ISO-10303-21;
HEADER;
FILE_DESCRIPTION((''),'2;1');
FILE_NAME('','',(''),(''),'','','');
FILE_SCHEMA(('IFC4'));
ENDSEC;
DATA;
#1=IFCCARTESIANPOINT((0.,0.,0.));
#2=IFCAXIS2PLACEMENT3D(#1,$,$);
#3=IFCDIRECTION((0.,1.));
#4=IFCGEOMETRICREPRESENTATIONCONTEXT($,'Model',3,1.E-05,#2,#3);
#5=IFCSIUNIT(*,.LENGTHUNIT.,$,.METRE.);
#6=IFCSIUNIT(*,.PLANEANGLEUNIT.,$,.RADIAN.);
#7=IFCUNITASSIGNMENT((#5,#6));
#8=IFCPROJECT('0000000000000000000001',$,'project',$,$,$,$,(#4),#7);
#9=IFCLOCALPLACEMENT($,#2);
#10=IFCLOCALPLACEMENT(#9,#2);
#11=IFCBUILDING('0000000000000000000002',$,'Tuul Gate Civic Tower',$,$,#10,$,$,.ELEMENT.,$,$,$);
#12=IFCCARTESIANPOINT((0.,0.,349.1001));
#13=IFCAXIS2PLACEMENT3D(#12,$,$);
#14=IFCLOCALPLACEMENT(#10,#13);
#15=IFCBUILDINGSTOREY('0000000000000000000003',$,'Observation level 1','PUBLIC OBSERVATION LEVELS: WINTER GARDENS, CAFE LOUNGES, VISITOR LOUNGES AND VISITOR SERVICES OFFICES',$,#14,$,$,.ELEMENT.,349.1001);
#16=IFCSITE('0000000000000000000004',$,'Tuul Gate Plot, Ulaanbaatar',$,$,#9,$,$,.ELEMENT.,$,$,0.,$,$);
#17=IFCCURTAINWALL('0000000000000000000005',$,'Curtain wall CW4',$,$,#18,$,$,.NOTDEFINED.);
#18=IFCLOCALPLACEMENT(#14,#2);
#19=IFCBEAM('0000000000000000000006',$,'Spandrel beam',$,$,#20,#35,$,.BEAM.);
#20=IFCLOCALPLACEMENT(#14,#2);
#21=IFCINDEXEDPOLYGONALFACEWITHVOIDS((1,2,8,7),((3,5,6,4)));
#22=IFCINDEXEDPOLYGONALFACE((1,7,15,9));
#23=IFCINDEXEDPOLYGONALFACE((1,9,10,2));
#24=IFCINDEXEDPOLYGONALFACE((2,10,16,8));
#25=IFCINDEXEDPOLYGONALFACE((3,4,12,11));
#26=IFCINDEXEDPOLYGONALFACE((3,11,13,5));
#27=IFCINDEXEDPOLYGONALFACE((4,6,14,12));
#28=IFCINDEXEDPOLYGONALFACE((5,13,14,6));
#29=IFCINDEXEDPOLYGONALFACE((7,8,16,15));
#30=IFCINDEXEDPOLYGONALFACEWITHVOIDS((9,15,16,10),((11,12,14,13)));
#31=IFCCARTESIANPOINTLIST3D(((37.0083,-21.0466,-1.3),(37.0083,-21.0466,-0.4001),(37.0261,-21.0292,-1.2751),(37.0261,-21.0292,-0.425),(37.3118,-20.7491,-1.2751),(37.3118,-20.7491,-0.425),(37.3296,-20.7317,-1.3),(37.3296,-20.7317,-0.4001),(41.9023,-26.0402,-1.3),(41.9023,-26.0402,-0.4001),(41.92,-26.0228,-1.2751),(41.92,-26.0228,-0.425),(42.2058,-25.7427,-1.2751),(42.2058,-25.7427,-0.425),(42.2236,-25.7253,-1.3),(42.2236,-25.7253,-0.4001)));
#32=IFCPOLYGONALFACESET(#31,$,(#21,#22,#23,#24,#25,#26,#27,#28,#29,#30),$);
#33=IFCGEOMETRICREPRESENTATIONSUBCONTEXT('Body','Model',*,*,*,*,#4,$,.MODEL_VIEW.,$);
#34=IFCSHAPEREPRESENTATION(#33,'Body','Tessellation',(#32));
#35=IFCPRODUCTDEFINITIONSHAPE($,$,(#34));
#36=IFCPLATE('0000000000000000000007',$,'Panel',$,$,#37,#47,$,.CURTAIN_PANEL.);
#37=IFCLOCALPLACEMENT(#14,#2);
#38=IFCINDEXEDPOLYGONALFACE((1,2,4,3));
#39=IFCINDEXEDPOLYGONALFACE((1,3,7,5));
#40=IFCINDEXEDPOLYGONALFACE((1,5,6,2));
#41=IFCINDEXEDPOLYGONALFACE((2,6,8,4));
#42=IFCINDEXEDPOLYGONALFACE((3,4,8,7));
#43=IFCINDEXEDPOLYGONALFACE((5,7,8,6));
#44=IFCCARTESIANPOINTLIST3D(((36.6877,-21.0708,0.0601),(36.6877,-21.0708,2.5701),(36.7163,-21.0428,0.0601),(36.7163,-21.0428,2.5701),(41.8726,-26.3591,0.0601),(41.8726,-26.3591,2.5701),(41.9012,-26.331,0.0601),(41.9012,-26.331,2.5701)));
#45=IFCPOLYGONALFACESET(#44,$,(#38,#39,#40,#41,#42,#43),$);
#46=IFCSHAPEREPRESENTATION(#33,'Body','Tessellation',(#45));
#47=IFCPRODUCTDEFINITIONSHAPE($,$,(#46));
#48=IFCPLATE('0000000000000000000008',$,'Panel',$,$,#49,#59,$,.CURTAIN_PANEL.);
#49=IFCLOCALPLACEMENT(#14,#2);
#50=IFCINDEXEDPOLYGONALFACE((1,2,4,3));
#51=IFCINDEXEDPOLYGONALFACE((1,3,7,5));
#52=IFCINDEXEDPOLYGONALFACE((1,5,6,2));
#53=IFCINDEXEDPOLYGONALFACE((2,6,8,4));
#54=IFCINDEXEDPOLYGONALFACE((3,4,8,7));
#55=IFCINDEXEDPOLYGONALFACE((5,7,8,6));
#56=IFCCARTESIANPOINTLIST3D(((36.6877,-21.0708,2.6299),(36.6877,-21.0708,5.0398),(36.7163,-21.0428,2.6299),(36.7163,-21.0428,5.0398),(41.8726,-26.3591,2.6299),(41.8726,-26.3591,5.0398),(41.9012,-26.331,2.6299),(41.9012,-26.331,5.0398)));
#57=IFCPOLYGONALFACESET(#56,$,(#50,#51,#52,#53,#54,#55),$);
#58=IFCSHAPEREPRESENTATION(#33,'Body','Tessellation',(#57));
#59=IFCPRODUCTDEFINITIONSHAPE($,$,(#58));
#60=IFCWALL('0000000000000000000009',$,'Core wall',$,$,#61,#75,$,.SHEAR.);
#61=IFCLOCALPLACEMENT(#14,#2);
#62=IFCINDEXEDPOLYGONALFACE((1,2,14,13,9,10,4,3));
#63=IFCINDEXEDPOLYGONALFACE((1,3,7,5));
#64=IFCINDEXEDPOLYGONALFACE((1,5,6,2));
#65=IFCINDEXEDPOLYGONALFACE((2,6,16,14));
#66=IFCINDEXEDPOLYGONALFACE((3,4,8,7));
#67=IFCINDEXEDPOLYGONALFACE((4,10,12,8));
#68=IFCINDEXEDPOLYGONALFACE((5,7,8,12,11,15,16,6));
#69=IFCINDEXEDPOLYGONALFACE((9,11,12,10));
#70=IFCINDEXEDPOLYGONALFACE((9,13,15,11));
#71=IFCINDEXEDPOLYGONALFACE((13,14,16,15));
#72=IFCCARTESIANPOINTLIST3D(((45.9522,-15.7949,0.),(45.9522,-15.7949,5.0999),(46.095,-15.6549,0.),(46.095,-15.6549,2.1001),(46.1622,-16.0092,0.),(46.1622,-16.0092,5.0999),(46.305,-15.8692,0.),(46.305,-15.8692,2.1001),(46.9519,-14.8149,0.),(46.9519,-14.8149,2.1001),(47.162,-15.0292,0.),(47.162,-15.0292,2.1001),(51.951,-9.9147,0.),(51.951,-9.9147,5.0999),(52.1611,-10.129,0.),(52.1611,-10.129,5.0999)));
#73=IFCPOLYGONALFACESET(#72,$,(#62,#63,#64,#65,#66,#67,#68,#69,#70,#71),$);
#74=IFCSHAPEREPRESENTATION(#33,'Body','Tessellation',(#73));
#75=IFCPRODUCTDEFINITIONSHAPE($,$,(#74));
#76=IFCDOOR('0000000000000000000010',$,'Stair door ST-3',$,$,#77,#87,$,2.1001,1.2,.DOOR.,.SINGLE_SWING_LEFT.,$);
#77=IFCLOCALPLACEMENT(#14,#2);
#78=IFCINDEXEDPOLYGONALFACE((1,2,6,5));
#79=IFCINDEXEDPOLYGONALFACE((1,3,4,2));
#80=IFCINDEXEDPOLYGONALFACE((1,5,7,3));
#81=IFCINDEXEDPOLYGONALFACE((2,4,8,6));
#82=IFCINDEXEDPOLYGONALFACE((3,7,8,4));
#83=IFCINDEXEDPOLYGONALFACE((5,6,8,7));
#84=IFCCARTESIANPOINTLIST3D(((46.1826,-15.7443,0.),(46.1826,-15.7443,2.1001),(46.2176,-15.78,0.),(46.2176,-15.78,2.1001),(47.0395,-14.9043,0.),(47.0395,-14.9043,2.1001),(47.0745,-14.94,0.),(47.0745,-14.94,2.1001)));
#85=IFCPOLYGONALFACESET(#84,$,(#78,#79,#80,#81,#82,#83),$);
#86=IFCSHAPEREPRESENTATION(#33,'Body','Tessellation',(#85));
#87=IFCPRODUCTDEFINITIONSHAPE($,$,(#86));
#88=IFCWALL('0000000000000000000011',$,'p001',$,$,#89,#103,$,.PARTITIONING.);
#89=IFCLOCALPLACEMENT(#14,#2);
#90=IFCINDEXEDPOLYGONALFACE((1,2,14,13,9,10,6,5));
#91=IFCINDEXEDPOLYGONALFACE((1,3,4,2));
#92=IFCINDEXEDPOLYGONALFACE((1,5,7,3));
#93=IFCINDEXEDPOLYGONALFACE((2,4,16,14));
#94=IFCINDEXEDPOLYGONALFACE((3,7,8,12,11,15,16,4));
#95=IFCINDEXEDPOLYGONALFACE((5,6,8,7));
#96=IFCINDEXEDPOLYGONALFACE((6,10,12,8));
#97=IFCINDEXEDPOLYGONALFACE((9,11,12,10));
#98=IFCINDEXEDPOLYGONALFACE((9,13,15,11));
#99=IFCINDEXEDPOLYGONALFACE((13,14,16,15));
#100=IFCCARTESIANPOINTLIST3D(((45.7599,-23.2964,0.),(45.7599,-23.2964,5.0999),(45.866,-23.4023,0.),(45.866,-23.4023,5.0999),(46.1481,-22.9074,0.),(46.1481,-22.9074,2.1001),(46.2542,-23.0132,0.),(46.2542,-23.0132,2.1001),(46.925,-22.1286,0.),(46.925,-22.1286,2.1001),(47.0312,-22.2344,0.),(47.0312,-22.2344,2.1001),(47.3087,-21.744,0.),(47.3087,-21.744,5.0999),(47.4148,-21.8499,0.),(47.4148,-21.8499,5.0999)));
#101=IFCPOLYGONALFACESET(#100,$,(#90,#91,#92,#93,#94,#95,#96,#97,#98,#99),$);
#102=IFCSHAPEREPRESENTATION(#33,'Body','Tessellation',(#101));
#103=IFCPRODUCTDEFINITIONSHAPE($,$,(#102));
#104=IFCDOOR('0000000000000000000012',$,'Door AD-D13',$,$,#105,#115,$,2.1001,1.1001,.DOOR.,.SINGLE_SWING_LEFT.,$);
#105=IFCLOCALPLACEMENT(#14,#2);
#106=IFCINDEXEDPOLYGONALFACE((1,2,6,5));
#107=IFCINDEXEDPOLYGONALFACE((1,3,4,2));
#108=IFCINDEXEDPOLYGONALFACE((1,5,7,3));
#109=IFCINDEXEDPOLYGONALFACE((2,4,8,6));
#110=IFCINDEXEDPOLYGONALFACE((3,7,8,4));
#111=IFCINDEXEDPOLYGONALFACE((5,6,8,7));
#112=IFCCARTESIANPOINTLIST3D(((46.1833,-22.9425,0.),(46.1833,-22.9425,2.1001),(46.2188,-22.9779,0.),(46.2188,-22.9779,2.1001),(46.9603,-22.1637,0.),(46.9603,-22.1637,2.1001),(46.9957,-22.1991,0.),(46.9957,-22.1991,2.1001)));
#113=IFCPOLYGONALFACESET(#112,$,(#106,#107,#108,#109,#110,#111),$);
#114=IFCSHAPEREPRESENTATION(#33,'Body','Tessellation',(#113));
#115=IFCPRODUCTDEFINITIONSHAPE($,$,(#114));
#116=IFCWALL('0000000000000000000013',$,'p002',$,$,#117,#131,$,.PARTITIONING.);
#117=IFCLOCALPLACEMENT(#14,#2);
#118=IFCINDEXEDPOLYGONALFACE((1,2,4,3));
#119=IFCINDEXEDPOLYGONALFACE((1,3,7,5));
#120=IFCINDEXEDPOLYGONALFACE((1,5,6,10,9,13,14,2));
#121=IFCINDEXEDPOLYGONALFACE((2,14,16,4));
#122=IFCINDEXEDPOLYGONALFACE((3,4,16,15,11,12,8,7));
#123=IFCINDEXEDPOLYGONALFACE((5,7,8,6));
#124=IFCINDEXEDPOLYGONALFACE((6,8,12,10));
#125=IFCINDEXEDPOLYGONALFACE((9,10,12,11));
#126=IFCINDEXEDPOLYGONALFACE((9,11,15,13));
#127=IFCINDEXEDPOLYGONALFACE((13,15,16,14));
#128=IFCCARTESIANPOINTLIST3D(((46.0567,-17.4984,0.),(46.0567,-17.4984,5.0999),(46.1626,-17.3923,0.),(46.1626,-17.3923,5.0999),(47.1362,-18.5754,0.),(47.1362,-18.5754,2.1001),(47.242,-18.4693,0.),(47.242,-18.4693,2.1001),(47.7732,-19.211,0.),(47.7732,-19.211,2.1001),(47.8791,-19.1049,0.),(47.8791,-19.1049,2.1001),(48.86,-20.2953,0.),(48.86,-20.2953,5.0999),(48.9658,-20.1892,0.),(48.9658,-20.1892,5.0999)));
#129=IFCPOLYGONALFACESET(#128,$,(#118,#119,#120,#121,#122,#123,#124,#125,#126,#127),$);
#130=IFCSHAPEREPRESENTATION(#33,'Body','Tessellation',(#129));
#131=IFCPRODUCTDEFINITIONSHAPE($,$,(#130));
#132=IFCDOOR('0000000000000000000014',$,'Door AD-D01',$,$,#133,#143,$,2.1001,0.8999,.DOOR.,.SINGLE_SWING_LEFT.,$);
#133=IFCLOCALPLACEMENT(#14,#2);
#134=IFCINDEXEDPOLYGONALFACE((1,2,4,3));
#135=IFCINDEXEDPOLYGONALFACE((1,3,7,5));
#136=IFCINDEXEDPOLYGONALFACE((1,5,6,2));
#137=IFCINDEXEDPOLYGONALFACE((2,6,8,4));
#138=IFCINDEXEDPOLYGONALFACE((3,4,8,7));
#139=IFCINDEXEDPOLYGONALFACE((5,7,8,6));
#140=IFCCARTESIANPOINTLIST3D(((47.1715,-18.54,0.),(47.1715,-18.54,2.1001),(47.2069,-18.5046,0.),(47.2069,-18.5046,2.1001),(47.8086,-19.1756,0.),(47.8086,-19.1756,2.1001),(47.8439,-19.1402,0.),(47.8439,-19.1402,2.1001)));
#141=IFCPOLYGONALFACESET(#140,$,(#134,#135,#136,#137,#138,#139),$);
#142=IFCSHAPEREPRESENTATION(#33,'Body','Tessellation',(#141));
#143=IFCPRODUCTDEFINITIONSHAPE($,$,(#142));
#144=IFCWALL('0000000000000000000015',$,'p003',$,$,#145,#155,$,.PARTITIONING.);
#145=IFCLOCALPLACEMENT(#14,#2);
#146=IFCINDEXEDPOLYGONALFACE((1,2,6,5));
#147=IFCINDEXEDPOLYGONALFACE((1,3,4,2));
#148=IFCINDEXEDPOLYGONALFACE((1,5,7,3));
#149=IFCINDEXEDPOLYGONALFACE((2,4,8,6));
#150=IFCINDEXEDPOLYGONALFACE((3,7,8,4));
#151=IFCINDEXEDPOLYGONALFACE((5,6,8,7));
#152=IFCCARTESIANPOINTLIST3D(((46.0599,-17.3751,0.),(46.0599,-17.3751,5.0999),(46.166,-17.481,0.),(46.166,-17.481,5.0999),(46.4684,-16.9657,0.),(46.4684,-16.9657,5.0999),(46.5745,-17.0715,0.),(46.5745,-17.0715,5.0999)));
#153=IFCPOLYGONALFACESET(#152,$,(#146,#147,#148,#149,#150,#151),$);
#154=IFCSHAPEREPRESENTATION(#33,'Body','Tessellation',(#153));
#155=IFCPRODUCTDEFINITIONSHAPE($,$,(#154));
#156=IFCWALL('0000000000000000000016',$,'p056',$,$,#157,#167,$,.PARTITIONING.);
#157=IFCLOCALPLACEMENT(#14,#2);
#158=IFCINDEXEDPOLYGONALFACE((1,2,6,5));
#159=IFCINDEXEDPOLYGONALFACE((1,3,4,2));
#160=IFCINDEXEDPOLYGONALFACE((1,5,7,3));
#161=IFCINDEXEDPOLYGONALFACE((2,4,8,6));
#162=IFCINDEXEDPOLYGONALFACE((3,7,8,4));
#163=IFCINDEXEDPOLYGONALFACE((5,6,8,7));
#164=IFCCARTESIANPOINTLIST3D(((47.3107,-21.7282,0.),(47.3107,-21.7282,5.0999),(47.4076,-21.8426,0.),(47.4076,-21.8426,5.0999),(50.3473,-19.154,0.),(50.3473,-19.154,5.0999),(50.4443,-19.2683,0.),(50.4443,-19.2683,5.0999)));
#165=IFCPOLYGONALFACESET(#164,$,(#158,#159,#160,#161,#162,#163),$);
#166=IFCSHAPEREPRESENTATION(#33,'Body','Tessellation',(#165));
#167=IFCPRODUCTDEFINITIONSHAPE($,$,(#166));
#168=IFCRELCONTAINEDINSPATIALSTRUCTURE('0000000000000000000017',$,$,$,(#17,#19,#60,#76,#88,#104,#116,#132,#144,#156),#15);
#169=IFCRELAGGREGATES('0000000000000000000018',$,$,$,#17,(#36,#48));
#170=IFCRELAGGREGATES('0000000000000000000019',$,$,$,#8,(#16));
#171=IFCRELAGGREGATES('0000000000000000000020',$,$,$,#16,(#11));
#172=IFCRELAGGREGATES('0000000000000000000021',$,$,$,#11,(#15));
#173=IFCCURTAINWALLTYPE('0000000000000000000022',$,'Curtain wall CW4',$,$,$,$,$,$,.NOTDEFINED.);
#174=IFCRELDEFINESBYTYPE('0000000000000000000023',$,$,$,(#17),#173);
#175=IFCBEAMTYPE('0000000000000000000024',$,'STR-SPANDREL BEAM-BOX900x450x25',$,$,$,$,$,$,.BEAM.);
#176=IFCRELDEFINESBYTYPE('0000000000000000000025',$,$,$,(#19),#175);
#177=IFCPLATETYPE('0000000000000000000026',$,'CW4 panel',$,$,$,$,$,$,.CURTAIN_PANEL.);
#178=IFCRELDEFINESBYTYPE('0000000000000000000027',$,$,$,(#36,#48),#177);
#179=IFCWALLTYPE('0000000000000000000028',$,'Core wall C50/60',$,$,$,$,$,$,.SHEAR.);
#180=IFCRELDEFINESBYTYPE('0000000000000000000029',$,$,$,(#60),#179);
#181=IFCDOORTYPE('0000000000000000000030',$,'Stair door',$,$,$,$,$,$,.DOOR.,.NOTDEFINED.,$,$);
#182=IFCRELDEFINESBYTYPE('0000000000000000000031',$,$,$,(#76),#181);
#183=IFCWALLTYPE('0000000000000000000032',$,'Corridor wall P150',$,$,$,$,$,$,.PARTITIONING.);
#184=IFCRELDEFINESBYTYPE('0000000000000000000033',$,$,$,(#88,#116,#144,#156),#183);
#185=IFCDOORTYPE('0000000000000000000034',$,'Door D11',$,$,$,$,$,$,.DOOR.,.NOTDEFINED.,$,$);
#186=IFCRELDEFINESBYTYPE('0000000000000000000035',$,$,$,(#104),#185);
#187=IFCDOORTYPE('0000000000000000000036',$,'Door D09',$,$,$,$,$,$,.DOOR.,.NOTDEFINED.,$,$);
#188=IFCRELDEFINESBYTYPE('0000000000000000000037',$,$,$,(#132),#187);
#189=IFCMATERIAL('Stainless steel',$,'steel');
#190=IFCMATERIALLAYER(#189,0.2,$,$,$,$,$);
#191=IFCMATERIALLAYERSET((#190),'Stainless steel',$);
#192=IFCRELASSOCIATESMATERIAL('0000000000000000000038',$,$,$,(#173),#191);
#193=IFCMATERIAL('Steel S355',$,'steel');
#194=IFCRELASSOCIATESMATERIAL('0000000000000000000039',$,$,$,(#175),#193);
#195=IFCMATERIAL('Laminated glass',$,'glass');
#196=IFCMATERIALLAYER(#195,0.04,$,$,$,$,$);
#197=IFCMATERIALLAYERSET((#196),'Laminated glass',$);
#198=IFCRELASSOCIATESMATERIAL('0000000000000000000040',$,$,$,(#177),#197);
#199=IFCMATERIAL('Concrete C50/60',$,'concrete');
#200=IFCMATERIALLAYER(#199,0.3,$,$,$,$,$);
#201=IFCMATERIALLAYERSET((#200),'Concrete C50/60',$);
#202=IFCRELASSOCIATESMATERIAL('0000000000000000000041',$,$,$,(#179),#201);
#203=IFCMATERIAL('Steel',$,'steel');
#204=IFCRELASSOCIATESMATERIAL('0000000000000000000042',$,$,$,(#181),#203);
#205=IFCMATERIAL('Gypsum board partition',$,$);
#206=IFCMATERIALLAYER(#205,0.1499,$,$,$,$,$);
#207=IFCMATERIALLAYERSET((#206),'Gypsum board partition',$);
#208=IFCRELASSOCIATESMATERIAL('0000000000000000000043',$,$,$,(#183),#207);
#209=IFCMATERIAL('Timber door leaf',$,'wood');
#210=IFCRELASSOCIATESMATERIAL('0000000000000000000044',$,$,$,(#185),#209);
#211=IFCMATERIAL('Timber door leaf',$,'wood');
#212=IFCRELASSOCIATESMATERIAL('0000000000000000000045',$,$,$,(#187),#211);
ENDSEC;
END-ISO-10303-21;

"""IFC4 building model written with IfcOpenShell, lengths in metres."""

from ifc_helpers import new_model, si_unit, direction, frame, frame_2d, origin, origin_2d, place, context, subcontext, project, spatial, rectangle, hollow_rectangle, extrude, material, layer, layer_set, material_profile, profile_set, type_object, element, fill, aggregate, save


model = new_model("IFC4")

# Units and contexts
model_context = context("Model", 3, precision=1e-05, world=origin(), true_north=direction((0.0, 1.0)))
body_context = subcontext(model_context, "Body", "Model", "MODEL_VIEW")
ifc_project = project(units=[si_unit("LENGTHUNIT", "METRE"), si_unit("PLANEANGLEUNIT", "RADIAN")], contexts=[model_context])

# Site, building, storey
site_placement = place(None, origin())
site = spatial("IfcSite", under=ifc_project, at=site_placement, Name="Tuul Gate Plot, Ulaanbaatar", CompositionType="ELEMENT", RefElevation=0.0)
building_placement = place(site_placement, origin())
building = spatial("IfcBuilding", under=site, at=building_placement, Name="Tuul Gate Civic Tower", CompositionType="ELEMENT")
storey_placement = place(building_placement, frame((0.0, 0.0, 349.1001)))
storey = spatial("IfcBuildingStorey", under=building, at=storey_placement, Name="Observation level 1", Description="PUBLIC OBSERVATION LEVELS: WINTER GARDENS, CAFE LOUNGES, VISITOR LOUNGES AND VISITOR SERVICES OFFICES", CompositionType="ELEMENT", Elevation=349.1001)

# Shared definitions
ifc_material_1 = material(Name="Stainless steel", Category="steel")
ifc_layer_1 = layer(ifc_material_1, 0.2)
ifc_layer_set_1 = layer_set([ifc_layer_1], Name="Stainless steel")
curtain_wall_type = type_object("IfcCurtainWallType", Name="Curtain wall CW4", PredefinedType="NOTDEFINED", material=ifc_layer_set_1)

# Curtain wall
curtain_wall_1_placement = place(storey_placement, origin())
curtain_wall_1 = element("IfcCurtainWall", 1, at=curtain_wall_1_placement, inside=storey, type_object=curtain_wall_type, Name="Curtain wall CW4", PredefinedType="NOTDEFINED")

# Beam
ifc_material_2 = material(Name="Steel S355", Category="steel")
ifc_material_profile_1 = material_profile(ifc_material_2, hollow_rectangle(XDim=0.45, YDim=0.8999, WallThickness=0.0249, at=origin_2d()), Name="BOX900x450x25")
ifc_profile_set_1 = profile_set([ifc_material_profile_1], Name="Steel S355")
beam_type_1 = type_object("IfcBeamType", Name="STR-SPANDREL BEAM-BOX900x450x25", PredefinedType="BEAM", material=ifc_profile_set_1)
beam_1_placement = place(storey_placement, frame((37.1689, -20.8892, -0.8501), z_axis=(0.699948, -0.714194, 0.0), x_axis=(0.714194, 0.699948, 0.0)))
element("IfcBeam", 2, at=beam_1_placement, inside=storey, type_object=beam_type_1, Name="Spandrel beam", PredefinedType="BEAM", context=body_context, shape_type="SweptSolid", body=[
    extrude(hollow_rectangle(XDim=0.45, YDim=0.8999, WallThickness=0.0249, at=origin_2d()), origin(), (0.0, 0.0, 1.0), 6.9919),
])

# Plates
ifc_material_3 = material(Name="Laminated glass", Category="glass")
ifc_layer_2 = layer(ifc_material_3, 0.04)
ifc_layer_set_2 = layer_set([ifc_layer_2], Name="Laminated glass")
plate_type = type_object("IfcPlateType", Name="CW4 panel", PredefinedType="CURTAIN_PANEL", material=ifc_layer_set_2)
plate_1_placement = place(storey_placement, frame((39.2944, -23.7009, 0.0601), z_axis=(0.0, 0.0, 1.0), x_axis=(0.700097, -0.714048, 0.0)))
plate_1 = element("IfcPlate", 3, at=plate_1_placement, type_object=plate_type, Name="Panel", PredefinedType="CURTAIN_PANEL", context=body_context, shape_type="SweptSolid", body=[
    extrude(rectangle(XDim=7.406, YDim=0.04, at=origin_2d()), origin(), (0.0, 0.0, 1.0), 2.51),
])
plate_2_placement = place(storey_placement, frame((39.2944, -23.7009, 2.6299), z_axis=(0.0, 0.0, 1.0), x_axis=(0.700097, -0.714048, 0.0)))
plate_2 = element("IfcPlate", 4, at=plate_2_placement, type_object=plate_type, Name="Panel", PredefinedType="CURTAIN_PANEL", context=body_context, shape_type="SweptSolid", body=[
    extrude(rectangle(XDim=7.406, YDim=0.04, at=origin_2d()), origin(), (0.0, 0.0, 1.0), 2.4099),
])
aggregate(curtain_wall_1, [plate_1, plate_2])

# Walls, openings, doors
ifc_material_4 = material(Name="Concrete C50/60", Category="concrete")
ifc_layer_3 = layer(ifc_material_4, 0.3)
ifc_layer_set_3 = layer_set([ifc_layer_3], Name="Concrete C50/60")
wall_type_1 = type_object("IfcWallType", Name="Core wall C50/60", PredefinedType="SHEAR", material=ifc_layer_set_3)
wall_1_placement = place(storey_placement, frame((46.0571, -15.9021, 0.0), z_axis=(0.0, 0.0, 1.0), x_axis=(0.714134, 0.700009, 0.0)))
wall_1 = element("IfcWall", 5, at=wall_1_placement, inside=storey, type_object=wall_type_1, Name="Core wall", PredefinedType="SHEAR", context=body_context, shape_type="SweptSolid", body=[
    extrude(rectangle(XDim=8.4001, YDim=0.3, at=frame_2d((4.2002, 0.0))), origin(), (0.0, 0.0, 1.0), 5.0999),
])
opening_1_placement = place(wall_1_placement, frame((0.2, 0.0, 0.0)))
opening_1 = element("IfcOpeningElement", 6, at=opening_1_placement, cuts=wall_1, PredefinedType="OPENING", context=body_context, shape_type="SweptSolid", body=[
    extrude(rectangle(XDim=1.2, YDim=2.1001, at=frame_2d((0.6001, 1.05))), frame((0.0, 0.1602, 0.0), z_axis=(0.0, -1.0, 0.0), x_axis=(1.0, 0.0, 0.0)), (0.0, 0.0, 1.0), 0.3201),
])
ifc_material_5 = material(Name="Steel", Category="steel")
door_type_1 = type_object("IfcDoorType", Name="Stair door", OperationType="NOTDEFINED", PredefinedType="DOOR", material=ifc_material_5)
door_1_placement = place(opening_1_placement, origin())
door_1 = element("IfcDoor", 7, at=door_1_placement, inside=storey, type_object=door_type_1, Name="Stair door ST-3", OperationType="SINGLE_SWING_LEFT", OverallHeight=2.1001, OverallWidth=1.2, PredefinedType="DOOR", context=body_context, shape_type="SweptSolid", body=[
    extrude(rectangle(XDim=1.2, YDim=2.1001, at=frame_2d((0.6001, 1.05))), frame((0.0, 0.0249, 0.0), z_axis=(0.0, -1.0, 0.0), x_axis=(1.0, 0.0, 0.0)), (0.0, 0.0, 1.0), 0.05),
])
fill(opening_1, door_1)
ifc_material_6 = material(Name="Gypsum board partition")
ifc_layer_4 = layer(ifc_material_6, 0.1499)
ifc_layer_set_4 = layer_set([ifc_layer_4], Name="Gypsum board partition")
wall_type_2 = type_object("IfcWallType", Name="Corridor wall P150", PredefinedType="PARTITIONING", material=ifc_layer_set_4)
wall_2_placement = place(storey_placement, frame((45.813, -23.3494, 0.0), z_axis=(0.0, 0.0, 1.0), x_axis=(0.706271, 0.707941, 0.0)))
wall_2 = element("IfcWall", 8, at=wall_2_placement, inside=storey, type_object=wall_type_2, Name="p001", PredefinedType="PARTITIONING", context=body_context, shape_type="SweptSolid", body=[
    extrude(rectangle(XDim=2.1929, YDim=0.1499, at=frame_2d((1.0964, 0.0))), origin(), (0.0, 0.0, 1.0), 5.0999),
])
opening_2_placement = place(wall_2_placement, frame((0.5496, 0.0, 0.0)))
opening_2 = element("IfcOpeningElement", 9, at=opening_2_placement, cuts=wall_2, PredefinedType="OPENING", context=body_context, shape_type="SweptSolid", body=[
    extrude(rectangle(XDim=1.1001, YDim=2.1001, at=frame_2d((0.55, 1.05))), frame((0.0, 0.085, 0.0), z_axis=(0.0, -1.0, 0.0), x_axis=(1.0, 0.0, 0.0)), (0.0, 0.0, 1.0), 0.1699),
])
ifc_material_7 = material(Name="Timber door leaf", Category="wood")
door_type_2 = type_object("IfcDoorType", Name="Door D11", OperationType="NOTDEFINED", PredefinedType="DOOR", material=ifc_material_7)
door_2_placement = place(opening_2_placement, frame((1.1001, 0.0, 0.0), z_axis=(0.0, 0.0, 1.0), x_axis=(-1.0, 0.0, 0.0)))
door_2 = element("IfcDoor", 10, at=door_2_placement, inside=storey, type_object=door_type_2, Name="Door AD-D13", OperationType="SINGLE_SWING_LEFT", OverallHeight=2.1001, OverallWidth=1.1001, PredefinedType="DOOR", context=body_context, shape_type="SweptSolid", body=[
    extrude(rectangle(XDim=1.1001, YDim=2.1001, at=frame_2d((0.55, 1.05))), frame((0.0, 0.0249, 0.0), z_axis=(0.0, -1.0, 0.0), x_axis=(1.0, 0.0, 0.0)), (0.0, 0.0, 1.0), 0.05),
])
fill(opening_2, door_2)
wall_3_placement = place(storey_placement, frame((46.1096, -17.4453, 0.0), z_axis=(0.0, 0.0, 1.0), x_axis=(0.707908, -0.706305, 0.0)))
wall_3 = element("IfcWall", 11, at=wall_3_placement, inside=storey, type_object=wall_type_2, Name="p002", PredefinedType="PARTITIONING", context=body_context, shape_type="SweptSolid", body=[
    extrude(rectangle(XDim=3.96, YDim=0.1499, at=frame_2d((1.98, 0.0))), origin(), (0.0, 0.0, 1.0), 5.0999),
])
opening_3_placement = place(wall_3_placement, frame((1.5249, 0.0, 0.0)))
opening_3 = element("IfcOpeningElement", 12, at=opening_3_placement, cuts=wall_3, PredefinedType="OPENING", context=body_context, shape_type="SweptSolid", body=[
    extrude(rectangle(XDim=0.8999, YDim=2.1001, at=frame_2d((0.45, 1.05))), frame((0.0, 0.085, 0.0), z_axis=(0.0, -1.0, 0.0), x_axis=(1.0, 0.0, 0.0)), (0.0, 0.0, 1.0), 0.1699),
])
ifc_material_8 = material(Name="Timber door leaf", Category="wood")
door_type_3 = type_object("IfcDoorType", Name="Door D09", OperationType="NOTDEFINED", PredefinedType="DOOR", material=ifc_material_8)
door_3_placement = place(opening_3_placement, frame((0.8999, 0.0, 0.0), z_axis=(0.0, 0.0, 1.0), x_axis=(-1.0, 0.0, 0.0)))
door_3 = element("IfcDoor", 13, at=door_3_placement, inside=storey, type_object=door_type_3, Name="Door AD-D01", OperationType="SINGLE_SWING_LEFT", OverallHeight=2.1001, OverallWidth=0.8999, PredefinedType="DOOR", context=body_context, shape_type="SweptSolid", body=[
    extrude(rectangle(XDim=0.8999, YDim=2.1001, at=frame_2d((0.45, 1.05))), frame((0.0, 0.0249, 0.0), z_axis=(0.0, -1.0, 0.0), x_axis=(1.0, 0.0, 0.0)), (0.0, 0.0, 1.0), 0.05),
])
fill(opening_3, door_3)

# Walls
wall_4_placement = place(storey_placement, frame((46.113, -17.428, 0.0), z_axis=(0.0, 0.0, 1.0), x_axis=(0.706262, 0.707951, 0.0)))
element("IfcWall", 14, at=wall_4_placement, inside=storey, type_object=wall_type_2, Name="p003", PredefinedType="PARTITIONING", context=body_context, shape_type="SweptSolid", body=[
    extrude(rectangle(XDim=0.5784, YDim=0.1499, at=frame_2d((0.2891, 0.0))), origin(), (0.0, 0.0, 1.0), 5.0999),
])
wall_5_placement = place(storey_placement, frame((47.3591, -21.7854, 0.0), z_axis=(0.0, 0.0, 1.0), x_axis=(0.762795, 0.64664, 0.0)))
element("IfcWall", 15, at=wall_5_placement, inside=storey, type_object=wall_type_2, Name="p056", PredefinedType="PARTITIONING", context=body_context, shape_type="SweptSolid", body=[
    extrude(rectangle(XDim=3.981, YDim=0.1499, at=frame_2d((1.9905, 0.0))), origin(), (0.0, 0.0, 1.0), 5.0999),
])

save(model, "model.ifc")
